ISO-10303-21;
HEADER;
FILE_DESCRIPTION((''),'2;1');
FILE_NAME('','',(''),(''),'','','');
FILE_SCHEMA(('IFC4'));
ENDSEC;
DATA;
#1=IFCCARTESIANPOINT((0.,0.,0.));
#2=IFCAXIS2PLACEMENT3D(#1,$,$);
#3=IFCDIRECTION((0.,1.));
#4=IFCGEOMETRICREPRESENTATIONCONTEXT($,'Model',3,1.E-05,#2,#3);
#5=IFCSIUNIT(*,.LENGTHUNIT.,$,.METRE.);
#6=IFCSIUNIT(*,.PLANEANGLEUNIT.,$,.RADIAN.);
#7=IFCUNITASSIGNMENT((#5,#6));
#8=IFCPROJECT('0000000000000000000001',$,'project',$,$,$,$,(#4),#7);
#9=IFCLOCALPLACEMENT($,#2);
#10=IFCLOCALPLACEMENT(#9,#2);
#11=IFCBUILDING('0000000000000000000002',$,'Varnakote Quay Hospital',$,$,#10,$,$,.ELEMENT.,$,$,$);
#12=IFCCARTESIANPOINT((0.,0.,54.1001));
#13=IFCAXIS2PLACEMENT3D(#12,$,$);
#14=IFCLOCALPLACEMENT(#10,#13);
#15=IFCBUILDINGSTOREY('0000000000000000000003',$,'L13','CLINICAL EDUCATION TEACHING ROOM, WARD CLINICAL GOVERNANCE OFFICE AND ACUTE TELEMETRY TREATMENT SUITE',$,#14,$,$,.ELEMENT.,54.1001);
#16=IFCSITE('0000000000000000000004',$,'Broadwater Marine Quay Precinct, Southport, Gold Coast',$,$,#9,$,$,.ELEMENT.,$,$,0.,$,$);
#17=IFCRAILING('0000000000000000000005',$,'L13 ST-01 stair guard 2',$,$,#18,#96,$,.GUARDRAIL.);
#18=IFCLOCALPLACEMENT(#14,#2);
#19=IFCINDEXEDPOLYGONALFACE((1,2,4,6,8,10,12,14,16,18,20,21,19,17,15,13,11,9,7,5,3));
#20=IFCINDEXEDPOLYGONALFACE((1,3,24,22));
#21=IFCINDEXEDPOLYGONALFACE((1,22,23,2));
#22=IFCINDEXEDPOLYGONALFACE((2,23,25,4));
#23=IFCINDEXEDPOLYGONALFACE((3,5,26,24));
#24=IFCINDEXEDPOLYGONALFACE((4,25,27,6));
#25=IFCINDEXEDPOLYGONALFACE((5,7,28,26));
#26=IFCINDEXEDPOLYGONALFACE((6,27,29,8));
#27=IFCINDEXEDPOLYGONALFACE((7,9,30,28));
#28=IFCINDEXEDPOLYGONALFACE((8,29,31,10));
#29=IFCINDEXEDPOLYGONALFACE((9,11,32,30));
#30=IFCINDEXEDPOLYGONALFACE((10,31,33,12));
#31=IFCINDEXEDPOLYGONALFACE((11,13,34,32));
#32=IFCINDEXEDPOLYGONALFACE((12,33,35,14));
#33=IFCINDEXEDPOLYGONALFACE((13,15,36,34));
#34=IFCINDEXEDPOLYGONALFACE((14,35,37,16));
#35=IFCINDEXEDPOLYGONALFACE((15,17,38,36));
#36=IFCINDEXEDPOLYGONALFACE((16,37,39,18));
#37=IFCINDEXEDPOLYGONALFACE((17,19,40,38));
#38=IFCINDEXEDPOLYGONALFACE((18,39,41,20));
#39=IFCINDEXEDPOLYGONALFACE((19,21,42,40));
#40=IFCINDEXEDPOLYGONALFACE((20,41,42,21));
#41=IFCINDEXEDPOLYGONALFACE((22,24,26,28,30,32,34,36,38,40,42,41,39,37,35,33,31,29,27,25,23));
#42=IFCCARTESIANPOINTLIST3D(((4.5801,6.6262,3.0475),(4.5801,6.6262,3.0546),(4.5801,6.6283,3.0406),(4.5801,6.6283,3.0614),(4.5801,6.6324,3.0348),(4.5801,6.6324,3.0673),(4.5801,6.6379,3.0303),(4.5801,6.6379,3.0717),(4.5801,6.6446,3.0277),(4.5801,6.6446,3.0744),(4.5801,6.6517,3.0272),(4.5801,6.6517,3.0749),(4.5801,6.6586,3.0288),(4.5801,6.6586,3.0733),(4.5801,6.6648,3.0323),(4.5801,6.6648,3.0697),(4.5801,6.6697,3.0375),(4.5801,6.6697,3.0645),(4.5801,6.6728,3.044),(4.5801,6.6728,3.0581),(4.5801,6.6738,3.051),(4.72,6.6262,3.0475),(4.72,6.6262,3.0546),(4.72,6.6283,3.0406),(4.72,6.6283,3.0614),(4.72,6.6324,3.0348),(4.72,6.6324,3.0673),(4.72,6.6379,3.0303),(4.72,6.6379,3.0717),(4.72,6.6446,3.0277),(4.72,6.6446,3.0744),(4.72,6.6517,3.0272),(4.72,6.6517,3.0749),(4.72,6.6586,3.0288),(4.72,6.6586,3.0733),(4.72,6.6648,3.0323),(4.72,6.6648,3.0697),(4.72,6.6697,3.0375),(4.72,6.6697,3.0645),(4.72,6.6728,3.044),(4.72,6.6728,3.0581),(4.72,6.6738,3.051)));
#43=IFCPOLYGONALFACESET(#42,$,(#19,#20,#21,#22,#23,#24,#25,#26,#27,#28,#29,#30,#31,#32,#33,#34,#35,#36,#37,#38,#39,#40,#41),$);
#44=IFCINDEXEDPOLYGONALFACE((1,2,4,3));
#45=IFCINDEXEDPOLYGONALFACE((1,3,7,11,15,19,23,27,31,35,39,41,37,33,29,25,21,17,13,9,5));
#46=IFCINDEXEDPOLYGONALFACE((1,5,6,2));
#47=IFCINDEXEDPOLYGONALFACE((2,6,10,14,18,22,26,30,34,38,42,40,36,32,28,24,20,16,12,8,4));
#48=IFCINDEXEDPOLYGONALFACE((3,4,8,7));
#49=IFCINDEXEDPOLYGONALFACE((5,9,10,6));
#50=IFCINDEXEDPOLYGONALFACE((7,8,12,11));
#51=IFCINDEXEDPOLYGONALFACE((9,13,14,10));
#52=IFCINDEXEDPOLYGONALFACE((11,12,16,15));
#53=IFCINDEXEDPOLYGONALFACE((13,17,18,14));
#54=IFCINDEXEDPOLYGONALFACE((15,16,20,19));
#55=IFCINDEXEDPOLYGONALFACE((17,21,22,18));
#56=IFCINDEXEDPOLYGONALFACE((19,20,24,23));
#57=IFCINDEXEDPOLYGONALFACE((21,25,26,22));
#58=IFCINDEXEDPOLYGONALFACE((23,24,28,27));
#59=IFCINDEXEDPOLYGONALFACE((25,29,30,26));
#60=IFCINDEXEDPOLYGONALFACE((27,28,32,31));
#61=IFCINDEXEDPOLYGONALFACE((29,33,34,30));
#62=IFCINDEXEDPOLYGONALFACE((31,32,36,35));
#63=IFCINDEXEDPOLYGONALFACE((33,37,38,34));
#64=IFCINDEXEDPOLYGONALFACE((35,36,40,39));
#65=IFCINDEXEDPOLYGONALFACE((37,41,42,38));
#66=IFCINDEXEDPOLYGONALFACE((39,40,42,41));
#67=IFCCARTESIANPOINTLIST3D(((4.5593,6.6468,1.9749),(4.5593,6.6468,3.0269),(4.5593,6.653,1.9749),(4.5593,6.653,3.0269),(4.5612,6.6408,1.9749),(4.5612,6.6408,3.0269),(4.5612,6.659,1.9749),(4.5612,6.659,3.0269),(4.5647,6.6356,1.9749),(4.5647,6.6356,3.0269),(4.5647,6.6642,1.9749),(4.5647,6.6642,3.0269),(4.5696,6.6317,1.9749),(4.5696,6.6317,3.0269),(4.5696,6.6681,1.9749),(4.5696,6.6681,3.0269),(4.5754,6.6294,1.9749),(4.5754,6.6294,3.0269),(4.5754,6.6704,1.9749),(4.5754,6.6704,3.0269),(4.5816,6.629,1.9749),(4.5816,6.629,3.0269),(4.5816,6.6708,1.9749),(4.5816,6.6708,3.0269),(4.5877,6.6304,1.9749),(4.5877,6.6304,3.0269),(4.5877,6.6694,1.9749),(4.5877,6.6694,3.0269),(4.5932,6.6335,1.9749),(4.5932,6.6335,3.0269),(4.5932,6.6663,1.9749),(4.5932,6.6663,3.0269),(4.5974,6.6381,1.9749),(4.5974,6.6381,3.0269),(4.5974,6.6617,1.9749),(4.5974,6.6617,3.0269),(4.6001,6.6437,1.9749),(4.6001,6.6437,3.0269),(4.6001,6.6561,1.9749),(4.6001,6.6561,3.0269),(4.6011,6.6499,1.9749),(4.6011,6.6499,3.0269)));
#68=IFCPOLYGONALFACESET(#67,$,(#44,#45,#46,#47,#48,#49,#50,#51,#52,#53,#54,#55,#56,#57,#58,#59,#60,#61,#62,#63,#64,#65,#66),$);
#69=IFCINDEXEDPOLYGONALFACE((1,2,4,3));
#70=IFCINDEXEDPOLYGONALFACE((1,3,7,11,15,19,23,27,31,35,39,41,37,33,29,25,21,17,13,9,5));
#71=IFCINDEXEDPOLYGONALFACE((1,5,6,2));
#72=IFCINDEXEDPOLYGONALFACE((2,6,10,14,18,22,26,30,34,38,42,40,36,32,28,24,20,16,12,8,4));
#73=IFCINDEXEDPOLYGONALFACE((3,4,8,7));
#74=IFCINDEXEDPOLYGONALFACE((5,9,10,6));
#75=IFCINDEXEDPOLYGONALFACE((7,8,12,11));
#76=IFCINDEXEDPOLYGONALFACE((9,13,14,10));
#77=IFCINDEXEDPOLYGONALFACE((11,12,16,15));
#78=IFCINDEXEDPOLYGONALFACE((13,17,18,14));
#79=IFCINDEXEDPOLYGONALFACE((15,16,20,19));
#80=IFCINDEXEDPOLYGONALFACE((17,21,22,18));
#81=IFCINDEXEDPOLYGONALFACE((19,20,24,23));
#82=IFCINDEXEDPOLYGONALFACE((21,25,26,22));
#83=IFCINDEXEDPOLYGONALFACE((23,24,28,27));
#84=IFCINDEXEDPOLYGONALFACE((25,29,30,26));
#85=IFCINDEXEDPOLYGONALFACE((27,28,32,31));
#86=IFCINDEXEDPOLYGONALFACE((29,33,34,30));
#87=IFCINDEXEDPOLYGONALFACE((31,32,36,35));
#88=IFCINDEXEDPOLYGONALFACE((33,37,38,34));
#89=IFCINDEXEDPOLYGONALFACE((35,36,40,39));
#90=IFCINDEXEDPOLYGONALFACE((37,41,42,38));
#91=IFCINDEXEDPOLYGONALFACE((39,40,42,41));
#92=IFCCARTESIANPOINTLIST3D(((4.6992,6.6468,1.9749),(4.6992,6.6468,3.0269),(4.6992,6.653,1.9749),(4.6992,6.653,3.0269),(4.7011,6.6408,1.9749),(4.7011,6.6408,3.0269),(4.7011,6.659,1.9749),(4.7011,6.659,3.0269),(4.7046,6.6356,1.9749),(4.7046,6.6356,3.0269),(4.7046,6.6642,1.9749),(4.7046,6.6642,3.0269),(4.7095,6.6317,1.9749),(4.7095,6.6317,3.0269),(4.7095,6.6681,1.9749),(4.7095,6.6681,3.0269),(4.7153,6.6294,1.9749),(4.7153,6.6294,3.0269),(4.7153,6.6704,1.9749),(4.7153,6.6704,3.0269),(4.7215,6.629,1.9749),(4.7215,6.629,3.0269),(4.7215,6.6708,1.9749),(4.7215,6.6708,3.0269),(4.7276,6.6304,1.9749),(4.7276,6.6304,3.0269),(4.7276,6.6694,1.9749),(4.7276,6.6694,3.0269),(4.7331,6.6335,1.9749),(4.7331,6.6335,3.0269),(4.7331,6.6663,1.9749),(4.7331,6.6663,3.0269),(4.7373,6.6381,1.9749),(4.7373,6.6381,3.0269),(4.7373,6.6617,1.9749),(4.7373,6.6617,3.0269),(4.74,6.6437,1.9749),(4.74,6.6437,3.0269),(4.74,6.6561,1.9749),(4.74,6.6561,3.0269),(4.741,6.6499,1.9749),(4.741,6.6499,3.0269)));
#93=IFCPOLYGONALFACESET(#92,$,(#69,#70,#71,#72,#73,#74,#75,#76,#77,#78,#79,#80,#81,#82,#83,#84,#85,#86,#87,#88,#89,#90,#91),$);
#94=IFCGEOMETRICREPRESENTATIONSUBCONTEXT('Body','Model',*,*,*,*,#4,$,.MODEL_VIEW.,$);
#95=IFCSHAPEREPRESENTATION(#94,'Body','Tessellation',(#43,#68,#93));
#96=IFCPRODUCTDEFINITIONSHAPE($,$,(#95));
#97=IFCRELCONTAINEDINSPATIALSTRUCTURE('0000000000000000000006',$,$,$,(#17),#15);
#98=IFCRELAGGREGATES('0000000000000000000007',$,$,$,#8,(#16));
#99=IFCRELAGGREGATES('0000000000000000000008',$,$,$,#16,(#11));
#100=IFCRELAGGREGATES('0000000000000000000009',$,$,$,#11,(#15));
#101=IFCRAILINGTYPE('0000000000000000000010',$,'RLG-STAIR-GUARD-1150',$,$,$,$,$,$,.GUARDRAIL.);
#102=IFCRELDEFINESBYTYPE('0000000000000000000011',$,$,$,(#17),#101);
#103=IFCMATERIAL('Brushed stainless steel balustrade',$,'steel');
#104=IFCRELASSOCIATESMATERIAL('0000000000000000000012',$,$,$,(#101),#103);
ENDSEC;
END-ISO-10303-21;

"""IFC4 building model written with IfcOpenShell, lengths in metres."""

from ifc_helpers import new_model, si_unit, direction, frame, origin, origin_2d, place, context, subcontext, project, spatial, circle, extrude, material, type_object, element, save


model = new_model("IFC4")

# Units and contexts
model_context = context("Model", 3, precision=1e-05, world=origin(), true_north=direction((0.0, 1.0)))
body_context = subcontext(model_context, "Body", "Model", "MODEL_VIEW")
ifc_project = project(units=[si_unit("LENGTHUNIT", "METRE"), si_unit("PLANEANGLEUNIT", "RADIAN")], contexts=[model_context])

# Site, building, storey
site_placement = place(None, origin())
site = spatial("IfcSite", under=ifc_project, at=site_placement, Name="Broadwater Marine Quay Precinct, Southport, Gold Coast", CompositionType="ELEMENT", RefElevation=0.0)
building_placement = place(site_placement, origin())
building = spatial("IfcBuilding", under=site, at=building_placement, Name="Varnakote Quay Hospital", CompositionType="ELEMENT")
storey_placement = place(building_placement, frame((0.0, 0.0, 54.1001)))
storey = spatial("IfcBuildingStorey", under=building, at=storey_placement, Name="L13", Description="CLINICAL EDUCATION TEACHING ROOM, WARD CLINICAL GOVERNANCE OFFICE AND ACUTE TELEMETRY TREATMENT SUITE", CompositionType="ELEMENT", Elevation=54.1001)

# Railing
ifc_material_1 = material(Name="Brushed stainless steel balustrade", Category="steel")
railing_type_1 = type_object("IfcRailingType", Name="RLG-STAIR-GUARD-1150", PredefinedType="GUARDRAIL", material=ifc_material_1)
railing_1_placement = place(storey_placement, frame((4.5801, 6.6499, 1.9749)))
element("IfcRailing", 1, at=railing_1_placement, inside=storey, type_object=railing_type_1, Name="L13 ST-01 stair guard 2", PredefinedType="GUARDRAIL", context=body_context, shape_type="SweptSolid", body=[
    extrude(circle(Radius=0.0239, at=origin_2d()), frame((0.0, 0.0, 1.0762), z_axis=(1.0, 0.0, 0.0), x_axis=(0.0, 1.0, 0.0)), (0.0, 0.0, 1.0), 0.1399),
    extrude(circle(Radius=0.021, at=origin_2d()), origin(), (0.0, 0.0, 1.0), 1.052),
    extrude(circle(Radius=0.021, at=origin_2d()), frame((0.1399, 0.0, 0.0)), (0.0, 0.0, 1.0), 1.052),
])

save(model, "model.ifc")
